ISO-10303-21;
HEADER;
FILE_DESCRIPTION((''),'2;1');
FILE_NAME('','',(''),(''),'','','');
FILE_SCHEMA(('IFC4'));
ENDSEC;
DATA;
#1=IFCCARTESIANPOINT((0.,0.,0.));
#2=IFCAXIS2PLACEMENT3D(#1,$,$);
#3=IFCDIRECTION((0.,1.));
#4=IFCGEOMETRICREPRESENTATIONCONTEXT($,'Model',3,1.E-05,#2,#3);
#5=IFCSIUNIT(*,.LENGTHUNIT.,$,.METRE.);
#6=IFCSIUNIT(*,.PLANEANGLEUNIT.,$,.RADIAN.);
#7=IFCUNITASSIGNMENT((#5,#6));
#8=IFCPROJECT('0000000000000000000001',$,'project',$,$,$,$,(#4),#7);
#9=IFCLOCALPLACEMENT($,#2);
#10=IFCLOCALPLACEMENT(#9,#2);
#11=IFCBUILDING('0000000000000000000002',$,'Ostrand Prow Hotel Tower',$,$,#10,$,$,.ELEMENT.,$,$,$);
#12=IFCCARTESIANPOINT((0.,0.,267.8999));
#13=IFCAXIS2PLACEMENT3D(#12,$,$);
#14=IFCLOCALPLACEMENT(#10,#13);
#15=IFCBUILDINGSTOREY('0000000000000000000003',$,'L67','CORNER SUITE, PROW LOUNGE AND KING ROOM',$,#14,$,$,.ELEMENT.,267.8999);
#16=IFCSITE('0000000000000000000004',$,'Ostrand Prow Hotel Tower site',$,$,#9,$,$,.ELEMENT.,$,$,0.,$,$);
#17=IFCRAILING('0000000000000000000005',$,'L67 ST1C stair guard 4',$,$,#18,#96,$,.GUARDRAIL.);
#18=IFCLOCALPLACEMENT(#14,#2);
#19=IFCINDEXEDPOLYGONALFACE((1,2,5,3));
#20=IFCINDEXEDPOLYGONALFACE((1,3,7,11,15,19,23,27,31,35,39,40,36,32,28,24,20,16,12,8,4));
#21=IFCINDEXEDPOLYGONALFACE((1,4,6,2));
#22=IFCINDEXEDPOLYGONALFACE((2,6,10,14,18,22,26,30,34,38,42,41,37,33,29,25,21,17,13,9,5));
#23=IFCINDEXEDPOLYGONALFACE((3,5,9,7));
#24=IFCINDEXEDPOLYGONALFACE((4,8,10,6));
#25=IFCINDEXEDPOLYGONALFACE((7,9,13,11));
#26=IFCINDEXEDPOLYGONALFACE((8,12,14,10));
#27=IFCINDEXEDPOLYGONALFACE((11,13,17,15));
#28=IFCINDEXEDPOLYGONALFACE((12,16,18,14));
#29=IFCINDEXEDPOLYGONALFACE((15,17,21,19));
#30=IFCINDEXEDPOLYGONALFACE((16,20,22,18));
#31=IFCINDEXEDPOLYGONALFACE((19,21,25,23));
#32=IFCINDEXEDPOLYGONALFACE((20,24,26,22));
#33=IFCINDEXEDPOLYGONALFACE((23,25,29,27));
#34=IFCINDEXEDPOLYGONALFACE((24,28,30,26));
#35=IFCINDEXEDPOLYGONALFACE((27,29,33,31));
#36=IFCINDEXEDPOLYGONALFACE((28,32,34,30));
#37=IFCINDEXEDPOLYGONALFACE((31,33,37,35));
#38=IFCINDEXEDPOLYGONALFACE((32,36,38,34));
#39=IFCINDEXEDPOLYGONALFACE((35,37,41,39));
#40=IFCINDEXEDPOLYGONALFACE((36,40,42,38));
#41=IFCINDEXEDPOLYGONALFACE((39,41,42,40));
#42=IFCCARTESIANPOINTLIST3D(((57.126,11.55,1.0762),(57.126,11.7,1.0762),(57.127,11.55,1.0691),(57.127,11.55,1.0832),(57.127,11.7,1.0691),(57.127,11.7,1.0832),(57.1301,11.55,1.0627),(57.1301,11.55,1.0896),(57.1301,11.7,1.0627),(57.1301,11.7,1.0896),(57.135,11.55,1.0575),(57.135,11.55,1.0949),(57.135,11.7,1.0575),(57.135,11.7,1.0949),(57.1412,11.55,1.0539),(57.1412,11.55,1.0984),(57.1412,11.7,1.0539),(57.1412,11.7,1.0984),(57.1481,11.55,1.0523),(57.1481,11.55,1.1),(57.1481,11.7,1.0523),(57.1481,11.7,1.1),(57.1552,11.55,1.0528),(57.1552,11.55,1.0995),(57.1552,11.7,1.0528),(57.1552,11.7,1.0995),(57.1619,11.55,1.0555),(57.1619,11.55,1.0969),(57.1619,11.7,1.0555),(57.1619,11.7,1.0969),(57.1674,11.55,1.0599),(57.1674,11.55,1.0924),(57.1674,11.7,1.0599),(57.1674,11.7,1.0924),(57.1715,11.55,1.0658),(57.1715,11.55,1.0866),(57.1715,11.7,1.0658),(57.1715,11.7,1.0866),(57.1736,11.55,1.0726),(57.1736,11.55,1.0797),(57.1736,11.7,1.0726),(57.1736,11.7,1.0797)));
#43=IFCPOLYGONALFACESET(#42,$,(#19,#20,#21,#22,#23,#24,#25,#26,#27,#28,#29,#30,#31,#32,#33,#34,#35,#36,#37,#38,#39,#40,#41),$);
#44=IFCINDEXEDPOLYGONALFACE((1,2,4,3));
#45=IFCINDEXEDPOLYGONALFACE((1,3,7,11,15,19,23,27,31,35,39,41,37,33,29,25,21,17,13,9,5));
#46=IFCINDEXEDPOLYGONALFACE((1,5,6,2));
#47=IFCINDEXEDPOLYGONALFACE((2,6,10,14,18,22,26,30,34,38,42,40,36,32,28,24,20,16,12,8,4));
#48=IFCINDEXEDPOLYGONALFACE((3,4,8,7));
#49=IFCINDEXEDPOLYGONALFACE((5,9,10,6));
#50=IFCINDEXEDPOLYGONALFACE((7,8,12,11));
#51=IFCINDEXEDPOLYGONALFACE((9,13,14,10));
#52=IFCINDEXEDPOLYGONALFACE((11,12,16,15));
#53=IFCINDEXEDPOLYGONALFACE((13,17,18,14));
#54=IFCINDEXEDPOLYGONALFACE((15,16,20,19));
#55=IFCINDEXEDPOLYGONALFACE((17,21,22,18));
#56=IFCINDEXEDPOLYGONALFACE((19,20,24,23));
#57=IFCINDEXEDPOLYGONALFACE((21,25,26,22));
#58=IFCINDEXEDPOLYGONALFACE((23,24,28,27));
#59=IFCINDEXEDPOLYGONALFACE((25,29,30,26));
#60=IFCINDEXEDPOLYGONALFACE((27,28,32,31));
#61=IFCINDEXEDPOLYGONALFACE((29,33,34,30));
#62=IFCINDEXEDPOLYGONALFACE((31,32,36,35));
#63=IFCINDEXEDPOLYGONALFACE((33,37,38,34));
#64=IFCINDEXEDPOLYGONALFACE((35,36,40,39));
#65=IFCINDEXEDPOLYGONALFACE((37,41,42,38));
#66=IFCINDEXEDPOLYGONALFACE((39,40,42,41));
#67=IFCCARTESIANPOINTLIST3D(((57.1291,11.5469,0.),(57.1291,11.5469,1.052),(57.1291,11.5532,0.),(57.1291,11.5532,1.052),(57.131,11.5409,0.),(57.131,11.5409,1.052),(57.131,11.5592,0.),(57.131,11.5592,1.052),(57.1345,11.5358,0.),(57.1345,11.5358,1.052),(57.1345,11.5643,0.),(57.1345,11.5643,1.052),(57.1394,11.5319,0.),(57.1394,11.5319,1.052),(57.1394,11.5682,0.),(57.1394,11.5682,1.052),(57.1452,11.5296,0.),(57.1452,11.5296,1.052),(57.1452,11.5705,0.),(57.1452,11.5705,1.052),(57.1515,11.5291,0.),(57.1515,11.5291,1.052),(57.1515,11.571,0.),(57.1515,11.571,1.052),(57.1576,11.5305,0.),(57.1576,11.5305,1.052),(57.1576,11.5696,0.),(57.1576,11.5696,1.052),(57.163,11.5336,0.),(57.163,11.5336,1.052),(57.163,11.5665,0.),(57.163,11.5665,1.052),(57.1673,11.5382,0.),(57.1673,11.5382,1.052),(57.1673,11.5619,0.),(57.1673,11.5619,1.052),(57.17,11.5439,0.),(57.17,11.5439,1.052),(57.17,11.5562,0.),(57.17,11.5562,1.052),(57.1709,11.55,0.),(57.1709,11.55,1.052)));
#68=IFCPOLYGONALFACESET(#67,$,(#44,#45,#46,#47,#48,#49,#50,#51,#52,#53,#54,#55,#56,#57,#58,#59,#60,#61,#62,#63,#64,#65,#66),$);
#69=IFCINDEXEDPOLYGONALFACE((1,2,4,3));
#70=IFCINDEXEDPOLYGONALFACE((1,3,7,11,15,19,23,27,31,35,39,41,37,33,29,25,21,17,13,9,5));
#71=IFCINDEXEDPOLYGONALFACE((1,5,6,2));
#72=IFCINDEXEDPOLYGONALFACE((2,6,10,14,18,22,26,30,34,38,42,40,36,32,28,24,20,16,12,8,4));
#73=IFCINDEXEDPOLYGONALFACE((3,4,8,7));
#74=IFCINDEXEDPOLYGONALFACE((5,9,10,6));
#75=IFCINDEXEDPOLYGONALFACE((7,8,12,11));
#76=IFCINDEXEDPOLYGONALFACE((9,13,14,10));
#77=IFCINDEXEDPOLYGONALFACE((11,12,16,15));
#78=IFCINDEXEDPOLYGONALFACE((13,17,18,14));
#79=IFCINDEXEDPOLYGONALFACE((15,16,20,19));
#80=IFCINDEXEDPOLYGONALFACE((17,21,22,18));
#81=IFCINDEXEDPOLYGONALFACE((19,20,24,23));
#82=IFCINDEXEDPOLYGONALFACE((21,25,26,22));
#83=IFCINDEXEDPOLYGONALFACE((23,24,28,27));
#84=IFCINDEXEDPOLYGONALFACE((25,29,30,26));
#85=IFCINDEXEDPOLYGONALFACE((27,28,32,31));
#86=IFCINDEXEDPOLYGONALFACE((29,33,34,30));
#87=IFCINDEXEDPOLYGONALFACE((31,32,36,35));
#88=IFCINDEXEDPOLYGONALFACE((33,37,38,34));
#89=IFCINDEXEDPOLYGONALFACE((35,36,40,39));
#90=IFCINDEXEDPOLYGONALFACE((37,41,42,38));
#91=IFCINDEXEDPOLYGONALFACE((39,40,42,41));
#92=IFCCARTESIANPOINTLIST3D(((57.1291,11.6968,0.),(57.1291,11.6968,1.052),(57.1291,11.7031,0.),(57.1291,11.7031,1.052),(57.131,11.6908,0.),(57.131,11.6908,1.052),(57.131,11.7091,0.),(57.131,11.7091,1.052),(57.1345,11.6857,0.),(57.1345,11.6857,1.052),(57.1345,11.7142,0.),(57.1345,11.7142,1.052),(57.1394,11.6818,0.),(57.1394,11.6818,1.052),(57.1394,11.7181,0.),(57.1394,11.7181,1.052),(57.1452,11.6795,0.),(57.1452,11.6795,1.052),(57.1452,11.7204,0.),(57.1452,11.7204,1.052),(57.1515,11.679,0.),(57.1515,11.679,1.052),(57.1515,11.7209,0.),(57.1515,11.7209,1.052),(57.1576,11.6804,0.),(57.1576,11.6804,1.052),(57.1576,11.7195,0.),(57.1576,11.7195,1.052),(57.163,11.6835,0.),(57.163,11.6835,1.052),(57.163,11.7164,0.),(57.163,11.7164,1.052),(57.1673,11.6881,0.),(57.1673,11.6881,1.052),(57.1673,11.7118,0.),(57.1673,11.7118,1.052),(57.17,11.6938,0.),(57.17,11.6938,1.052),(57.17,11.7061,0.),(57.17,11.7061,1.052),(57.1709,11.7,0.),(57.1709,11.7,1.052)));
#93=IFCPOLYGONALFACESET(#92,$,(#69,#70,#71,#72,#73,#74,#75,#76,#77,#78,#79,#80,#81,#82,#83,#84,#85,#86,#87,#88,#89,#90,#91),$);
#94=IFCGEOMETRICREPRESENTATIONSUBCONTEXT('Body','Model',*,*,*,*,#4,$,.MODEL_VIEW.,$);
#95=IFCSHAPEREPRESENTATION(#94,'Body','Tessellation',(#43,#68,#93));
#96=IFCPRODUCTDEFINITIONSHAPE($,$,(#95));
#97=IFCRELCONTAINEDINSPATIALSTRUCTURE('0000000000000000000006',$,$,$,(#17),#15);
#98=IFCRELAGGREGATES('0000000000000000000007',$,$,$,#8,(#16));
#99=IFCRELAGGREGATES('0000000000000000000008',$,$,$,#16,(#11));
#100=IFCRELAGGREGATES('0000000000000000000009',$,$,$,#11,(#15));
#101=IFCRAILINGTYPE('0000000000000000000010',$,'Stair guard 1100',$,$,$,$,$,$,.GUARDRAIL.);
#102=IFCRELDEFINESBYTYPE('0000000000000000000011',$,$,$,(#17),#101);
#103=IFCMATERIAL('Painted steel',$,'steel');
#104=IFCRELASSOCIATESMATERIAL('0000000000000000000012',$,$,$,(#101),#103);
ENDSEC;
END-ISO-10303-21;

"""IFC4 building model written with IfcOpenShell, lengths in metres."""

from ifc_helpers import new_model, si_unit, direction, frame, origin, origin_2d, place, context, subcontext, project, spatial, circle, extrude, material, type_object, element, save


model = new_model("IFC4")

# Units and contexts
model_context = context("Model", 3, precision=1e-05, world=origin(), true_north=direction((0.0, 1.0)))
body_context = subcontext(model_context, "Body", "Model", "MODEL_VIEW")
ifc_project = project(units=[si_unit("LENGTHUNIT", "METRE"), si_unit("PLANEANGLEUNIT", "RADIAN")], contexts=[model_context])

# Site, building, storey
site_placement = place(None, origin())
site = spatial("IfcSite", under=ifc_project, at=site_placement, Name="Ostrand Prow Hotel Tower site", CompositionType="ELEMENT", RefElevation=0.0)
building_placement = place(site_placement, origin())
building = spatial("IfcBuilding", under=site, at=building_placement, Name="Ostrand Prow Hotel Tower", CompositionType="ELEMENT")
storey_placement = place(building_placement, frame((0.0, 0.0, 267.8999)))
storey = spatial("IfcBuildingStorey", under=building, at=storey_placement, Name="L67", Description="CORNER SUITE, PROW LOUNGE AND KING ROOM", CompositionType="ELEMENT", Elevation=267.8999)

# Railing
ifc_material_1 = material(Name="Painted steel", Category="steel")
railing_type_1 = type_object("IfcRailingType", Name="Stair guard 1100", PredefinedType="GUARDRAIL", material=ifc_material_1)
railing_1_placement = place(storey_placement, frame((57.1499, 11.55, 0.0)))
element("IfcRailing", 1, at=railing_1_placement, inside=storey, type_object=railing_type_1, Name="L67 ST1C stair guard 4", PredefinedType="GUARDRAIL", context=body_context, shape_type="SweptSolid", body=[
    extrude(circle(Radius=0.0239, at=origin_2d()), frame((0.0, 0.0, 1.0762), z_axis=(0.0, 1.0, 0.0), x_axis=(-1.0, 0.0, 0.0)), (0.0, 0.0, 1.0), 0.1499),
    extrude(circle(Radius=0.021, at=origin_2d()), origin(), (0.0, 0.0, 1.0), 1.052),
    extrude(circle(Radius=0.021, at=origin_2d()), frame((0.0, 0.1499, 0.0)), (0.0, 0.0, 1.0), 1.052),
])

save(model, "model.ifc")
